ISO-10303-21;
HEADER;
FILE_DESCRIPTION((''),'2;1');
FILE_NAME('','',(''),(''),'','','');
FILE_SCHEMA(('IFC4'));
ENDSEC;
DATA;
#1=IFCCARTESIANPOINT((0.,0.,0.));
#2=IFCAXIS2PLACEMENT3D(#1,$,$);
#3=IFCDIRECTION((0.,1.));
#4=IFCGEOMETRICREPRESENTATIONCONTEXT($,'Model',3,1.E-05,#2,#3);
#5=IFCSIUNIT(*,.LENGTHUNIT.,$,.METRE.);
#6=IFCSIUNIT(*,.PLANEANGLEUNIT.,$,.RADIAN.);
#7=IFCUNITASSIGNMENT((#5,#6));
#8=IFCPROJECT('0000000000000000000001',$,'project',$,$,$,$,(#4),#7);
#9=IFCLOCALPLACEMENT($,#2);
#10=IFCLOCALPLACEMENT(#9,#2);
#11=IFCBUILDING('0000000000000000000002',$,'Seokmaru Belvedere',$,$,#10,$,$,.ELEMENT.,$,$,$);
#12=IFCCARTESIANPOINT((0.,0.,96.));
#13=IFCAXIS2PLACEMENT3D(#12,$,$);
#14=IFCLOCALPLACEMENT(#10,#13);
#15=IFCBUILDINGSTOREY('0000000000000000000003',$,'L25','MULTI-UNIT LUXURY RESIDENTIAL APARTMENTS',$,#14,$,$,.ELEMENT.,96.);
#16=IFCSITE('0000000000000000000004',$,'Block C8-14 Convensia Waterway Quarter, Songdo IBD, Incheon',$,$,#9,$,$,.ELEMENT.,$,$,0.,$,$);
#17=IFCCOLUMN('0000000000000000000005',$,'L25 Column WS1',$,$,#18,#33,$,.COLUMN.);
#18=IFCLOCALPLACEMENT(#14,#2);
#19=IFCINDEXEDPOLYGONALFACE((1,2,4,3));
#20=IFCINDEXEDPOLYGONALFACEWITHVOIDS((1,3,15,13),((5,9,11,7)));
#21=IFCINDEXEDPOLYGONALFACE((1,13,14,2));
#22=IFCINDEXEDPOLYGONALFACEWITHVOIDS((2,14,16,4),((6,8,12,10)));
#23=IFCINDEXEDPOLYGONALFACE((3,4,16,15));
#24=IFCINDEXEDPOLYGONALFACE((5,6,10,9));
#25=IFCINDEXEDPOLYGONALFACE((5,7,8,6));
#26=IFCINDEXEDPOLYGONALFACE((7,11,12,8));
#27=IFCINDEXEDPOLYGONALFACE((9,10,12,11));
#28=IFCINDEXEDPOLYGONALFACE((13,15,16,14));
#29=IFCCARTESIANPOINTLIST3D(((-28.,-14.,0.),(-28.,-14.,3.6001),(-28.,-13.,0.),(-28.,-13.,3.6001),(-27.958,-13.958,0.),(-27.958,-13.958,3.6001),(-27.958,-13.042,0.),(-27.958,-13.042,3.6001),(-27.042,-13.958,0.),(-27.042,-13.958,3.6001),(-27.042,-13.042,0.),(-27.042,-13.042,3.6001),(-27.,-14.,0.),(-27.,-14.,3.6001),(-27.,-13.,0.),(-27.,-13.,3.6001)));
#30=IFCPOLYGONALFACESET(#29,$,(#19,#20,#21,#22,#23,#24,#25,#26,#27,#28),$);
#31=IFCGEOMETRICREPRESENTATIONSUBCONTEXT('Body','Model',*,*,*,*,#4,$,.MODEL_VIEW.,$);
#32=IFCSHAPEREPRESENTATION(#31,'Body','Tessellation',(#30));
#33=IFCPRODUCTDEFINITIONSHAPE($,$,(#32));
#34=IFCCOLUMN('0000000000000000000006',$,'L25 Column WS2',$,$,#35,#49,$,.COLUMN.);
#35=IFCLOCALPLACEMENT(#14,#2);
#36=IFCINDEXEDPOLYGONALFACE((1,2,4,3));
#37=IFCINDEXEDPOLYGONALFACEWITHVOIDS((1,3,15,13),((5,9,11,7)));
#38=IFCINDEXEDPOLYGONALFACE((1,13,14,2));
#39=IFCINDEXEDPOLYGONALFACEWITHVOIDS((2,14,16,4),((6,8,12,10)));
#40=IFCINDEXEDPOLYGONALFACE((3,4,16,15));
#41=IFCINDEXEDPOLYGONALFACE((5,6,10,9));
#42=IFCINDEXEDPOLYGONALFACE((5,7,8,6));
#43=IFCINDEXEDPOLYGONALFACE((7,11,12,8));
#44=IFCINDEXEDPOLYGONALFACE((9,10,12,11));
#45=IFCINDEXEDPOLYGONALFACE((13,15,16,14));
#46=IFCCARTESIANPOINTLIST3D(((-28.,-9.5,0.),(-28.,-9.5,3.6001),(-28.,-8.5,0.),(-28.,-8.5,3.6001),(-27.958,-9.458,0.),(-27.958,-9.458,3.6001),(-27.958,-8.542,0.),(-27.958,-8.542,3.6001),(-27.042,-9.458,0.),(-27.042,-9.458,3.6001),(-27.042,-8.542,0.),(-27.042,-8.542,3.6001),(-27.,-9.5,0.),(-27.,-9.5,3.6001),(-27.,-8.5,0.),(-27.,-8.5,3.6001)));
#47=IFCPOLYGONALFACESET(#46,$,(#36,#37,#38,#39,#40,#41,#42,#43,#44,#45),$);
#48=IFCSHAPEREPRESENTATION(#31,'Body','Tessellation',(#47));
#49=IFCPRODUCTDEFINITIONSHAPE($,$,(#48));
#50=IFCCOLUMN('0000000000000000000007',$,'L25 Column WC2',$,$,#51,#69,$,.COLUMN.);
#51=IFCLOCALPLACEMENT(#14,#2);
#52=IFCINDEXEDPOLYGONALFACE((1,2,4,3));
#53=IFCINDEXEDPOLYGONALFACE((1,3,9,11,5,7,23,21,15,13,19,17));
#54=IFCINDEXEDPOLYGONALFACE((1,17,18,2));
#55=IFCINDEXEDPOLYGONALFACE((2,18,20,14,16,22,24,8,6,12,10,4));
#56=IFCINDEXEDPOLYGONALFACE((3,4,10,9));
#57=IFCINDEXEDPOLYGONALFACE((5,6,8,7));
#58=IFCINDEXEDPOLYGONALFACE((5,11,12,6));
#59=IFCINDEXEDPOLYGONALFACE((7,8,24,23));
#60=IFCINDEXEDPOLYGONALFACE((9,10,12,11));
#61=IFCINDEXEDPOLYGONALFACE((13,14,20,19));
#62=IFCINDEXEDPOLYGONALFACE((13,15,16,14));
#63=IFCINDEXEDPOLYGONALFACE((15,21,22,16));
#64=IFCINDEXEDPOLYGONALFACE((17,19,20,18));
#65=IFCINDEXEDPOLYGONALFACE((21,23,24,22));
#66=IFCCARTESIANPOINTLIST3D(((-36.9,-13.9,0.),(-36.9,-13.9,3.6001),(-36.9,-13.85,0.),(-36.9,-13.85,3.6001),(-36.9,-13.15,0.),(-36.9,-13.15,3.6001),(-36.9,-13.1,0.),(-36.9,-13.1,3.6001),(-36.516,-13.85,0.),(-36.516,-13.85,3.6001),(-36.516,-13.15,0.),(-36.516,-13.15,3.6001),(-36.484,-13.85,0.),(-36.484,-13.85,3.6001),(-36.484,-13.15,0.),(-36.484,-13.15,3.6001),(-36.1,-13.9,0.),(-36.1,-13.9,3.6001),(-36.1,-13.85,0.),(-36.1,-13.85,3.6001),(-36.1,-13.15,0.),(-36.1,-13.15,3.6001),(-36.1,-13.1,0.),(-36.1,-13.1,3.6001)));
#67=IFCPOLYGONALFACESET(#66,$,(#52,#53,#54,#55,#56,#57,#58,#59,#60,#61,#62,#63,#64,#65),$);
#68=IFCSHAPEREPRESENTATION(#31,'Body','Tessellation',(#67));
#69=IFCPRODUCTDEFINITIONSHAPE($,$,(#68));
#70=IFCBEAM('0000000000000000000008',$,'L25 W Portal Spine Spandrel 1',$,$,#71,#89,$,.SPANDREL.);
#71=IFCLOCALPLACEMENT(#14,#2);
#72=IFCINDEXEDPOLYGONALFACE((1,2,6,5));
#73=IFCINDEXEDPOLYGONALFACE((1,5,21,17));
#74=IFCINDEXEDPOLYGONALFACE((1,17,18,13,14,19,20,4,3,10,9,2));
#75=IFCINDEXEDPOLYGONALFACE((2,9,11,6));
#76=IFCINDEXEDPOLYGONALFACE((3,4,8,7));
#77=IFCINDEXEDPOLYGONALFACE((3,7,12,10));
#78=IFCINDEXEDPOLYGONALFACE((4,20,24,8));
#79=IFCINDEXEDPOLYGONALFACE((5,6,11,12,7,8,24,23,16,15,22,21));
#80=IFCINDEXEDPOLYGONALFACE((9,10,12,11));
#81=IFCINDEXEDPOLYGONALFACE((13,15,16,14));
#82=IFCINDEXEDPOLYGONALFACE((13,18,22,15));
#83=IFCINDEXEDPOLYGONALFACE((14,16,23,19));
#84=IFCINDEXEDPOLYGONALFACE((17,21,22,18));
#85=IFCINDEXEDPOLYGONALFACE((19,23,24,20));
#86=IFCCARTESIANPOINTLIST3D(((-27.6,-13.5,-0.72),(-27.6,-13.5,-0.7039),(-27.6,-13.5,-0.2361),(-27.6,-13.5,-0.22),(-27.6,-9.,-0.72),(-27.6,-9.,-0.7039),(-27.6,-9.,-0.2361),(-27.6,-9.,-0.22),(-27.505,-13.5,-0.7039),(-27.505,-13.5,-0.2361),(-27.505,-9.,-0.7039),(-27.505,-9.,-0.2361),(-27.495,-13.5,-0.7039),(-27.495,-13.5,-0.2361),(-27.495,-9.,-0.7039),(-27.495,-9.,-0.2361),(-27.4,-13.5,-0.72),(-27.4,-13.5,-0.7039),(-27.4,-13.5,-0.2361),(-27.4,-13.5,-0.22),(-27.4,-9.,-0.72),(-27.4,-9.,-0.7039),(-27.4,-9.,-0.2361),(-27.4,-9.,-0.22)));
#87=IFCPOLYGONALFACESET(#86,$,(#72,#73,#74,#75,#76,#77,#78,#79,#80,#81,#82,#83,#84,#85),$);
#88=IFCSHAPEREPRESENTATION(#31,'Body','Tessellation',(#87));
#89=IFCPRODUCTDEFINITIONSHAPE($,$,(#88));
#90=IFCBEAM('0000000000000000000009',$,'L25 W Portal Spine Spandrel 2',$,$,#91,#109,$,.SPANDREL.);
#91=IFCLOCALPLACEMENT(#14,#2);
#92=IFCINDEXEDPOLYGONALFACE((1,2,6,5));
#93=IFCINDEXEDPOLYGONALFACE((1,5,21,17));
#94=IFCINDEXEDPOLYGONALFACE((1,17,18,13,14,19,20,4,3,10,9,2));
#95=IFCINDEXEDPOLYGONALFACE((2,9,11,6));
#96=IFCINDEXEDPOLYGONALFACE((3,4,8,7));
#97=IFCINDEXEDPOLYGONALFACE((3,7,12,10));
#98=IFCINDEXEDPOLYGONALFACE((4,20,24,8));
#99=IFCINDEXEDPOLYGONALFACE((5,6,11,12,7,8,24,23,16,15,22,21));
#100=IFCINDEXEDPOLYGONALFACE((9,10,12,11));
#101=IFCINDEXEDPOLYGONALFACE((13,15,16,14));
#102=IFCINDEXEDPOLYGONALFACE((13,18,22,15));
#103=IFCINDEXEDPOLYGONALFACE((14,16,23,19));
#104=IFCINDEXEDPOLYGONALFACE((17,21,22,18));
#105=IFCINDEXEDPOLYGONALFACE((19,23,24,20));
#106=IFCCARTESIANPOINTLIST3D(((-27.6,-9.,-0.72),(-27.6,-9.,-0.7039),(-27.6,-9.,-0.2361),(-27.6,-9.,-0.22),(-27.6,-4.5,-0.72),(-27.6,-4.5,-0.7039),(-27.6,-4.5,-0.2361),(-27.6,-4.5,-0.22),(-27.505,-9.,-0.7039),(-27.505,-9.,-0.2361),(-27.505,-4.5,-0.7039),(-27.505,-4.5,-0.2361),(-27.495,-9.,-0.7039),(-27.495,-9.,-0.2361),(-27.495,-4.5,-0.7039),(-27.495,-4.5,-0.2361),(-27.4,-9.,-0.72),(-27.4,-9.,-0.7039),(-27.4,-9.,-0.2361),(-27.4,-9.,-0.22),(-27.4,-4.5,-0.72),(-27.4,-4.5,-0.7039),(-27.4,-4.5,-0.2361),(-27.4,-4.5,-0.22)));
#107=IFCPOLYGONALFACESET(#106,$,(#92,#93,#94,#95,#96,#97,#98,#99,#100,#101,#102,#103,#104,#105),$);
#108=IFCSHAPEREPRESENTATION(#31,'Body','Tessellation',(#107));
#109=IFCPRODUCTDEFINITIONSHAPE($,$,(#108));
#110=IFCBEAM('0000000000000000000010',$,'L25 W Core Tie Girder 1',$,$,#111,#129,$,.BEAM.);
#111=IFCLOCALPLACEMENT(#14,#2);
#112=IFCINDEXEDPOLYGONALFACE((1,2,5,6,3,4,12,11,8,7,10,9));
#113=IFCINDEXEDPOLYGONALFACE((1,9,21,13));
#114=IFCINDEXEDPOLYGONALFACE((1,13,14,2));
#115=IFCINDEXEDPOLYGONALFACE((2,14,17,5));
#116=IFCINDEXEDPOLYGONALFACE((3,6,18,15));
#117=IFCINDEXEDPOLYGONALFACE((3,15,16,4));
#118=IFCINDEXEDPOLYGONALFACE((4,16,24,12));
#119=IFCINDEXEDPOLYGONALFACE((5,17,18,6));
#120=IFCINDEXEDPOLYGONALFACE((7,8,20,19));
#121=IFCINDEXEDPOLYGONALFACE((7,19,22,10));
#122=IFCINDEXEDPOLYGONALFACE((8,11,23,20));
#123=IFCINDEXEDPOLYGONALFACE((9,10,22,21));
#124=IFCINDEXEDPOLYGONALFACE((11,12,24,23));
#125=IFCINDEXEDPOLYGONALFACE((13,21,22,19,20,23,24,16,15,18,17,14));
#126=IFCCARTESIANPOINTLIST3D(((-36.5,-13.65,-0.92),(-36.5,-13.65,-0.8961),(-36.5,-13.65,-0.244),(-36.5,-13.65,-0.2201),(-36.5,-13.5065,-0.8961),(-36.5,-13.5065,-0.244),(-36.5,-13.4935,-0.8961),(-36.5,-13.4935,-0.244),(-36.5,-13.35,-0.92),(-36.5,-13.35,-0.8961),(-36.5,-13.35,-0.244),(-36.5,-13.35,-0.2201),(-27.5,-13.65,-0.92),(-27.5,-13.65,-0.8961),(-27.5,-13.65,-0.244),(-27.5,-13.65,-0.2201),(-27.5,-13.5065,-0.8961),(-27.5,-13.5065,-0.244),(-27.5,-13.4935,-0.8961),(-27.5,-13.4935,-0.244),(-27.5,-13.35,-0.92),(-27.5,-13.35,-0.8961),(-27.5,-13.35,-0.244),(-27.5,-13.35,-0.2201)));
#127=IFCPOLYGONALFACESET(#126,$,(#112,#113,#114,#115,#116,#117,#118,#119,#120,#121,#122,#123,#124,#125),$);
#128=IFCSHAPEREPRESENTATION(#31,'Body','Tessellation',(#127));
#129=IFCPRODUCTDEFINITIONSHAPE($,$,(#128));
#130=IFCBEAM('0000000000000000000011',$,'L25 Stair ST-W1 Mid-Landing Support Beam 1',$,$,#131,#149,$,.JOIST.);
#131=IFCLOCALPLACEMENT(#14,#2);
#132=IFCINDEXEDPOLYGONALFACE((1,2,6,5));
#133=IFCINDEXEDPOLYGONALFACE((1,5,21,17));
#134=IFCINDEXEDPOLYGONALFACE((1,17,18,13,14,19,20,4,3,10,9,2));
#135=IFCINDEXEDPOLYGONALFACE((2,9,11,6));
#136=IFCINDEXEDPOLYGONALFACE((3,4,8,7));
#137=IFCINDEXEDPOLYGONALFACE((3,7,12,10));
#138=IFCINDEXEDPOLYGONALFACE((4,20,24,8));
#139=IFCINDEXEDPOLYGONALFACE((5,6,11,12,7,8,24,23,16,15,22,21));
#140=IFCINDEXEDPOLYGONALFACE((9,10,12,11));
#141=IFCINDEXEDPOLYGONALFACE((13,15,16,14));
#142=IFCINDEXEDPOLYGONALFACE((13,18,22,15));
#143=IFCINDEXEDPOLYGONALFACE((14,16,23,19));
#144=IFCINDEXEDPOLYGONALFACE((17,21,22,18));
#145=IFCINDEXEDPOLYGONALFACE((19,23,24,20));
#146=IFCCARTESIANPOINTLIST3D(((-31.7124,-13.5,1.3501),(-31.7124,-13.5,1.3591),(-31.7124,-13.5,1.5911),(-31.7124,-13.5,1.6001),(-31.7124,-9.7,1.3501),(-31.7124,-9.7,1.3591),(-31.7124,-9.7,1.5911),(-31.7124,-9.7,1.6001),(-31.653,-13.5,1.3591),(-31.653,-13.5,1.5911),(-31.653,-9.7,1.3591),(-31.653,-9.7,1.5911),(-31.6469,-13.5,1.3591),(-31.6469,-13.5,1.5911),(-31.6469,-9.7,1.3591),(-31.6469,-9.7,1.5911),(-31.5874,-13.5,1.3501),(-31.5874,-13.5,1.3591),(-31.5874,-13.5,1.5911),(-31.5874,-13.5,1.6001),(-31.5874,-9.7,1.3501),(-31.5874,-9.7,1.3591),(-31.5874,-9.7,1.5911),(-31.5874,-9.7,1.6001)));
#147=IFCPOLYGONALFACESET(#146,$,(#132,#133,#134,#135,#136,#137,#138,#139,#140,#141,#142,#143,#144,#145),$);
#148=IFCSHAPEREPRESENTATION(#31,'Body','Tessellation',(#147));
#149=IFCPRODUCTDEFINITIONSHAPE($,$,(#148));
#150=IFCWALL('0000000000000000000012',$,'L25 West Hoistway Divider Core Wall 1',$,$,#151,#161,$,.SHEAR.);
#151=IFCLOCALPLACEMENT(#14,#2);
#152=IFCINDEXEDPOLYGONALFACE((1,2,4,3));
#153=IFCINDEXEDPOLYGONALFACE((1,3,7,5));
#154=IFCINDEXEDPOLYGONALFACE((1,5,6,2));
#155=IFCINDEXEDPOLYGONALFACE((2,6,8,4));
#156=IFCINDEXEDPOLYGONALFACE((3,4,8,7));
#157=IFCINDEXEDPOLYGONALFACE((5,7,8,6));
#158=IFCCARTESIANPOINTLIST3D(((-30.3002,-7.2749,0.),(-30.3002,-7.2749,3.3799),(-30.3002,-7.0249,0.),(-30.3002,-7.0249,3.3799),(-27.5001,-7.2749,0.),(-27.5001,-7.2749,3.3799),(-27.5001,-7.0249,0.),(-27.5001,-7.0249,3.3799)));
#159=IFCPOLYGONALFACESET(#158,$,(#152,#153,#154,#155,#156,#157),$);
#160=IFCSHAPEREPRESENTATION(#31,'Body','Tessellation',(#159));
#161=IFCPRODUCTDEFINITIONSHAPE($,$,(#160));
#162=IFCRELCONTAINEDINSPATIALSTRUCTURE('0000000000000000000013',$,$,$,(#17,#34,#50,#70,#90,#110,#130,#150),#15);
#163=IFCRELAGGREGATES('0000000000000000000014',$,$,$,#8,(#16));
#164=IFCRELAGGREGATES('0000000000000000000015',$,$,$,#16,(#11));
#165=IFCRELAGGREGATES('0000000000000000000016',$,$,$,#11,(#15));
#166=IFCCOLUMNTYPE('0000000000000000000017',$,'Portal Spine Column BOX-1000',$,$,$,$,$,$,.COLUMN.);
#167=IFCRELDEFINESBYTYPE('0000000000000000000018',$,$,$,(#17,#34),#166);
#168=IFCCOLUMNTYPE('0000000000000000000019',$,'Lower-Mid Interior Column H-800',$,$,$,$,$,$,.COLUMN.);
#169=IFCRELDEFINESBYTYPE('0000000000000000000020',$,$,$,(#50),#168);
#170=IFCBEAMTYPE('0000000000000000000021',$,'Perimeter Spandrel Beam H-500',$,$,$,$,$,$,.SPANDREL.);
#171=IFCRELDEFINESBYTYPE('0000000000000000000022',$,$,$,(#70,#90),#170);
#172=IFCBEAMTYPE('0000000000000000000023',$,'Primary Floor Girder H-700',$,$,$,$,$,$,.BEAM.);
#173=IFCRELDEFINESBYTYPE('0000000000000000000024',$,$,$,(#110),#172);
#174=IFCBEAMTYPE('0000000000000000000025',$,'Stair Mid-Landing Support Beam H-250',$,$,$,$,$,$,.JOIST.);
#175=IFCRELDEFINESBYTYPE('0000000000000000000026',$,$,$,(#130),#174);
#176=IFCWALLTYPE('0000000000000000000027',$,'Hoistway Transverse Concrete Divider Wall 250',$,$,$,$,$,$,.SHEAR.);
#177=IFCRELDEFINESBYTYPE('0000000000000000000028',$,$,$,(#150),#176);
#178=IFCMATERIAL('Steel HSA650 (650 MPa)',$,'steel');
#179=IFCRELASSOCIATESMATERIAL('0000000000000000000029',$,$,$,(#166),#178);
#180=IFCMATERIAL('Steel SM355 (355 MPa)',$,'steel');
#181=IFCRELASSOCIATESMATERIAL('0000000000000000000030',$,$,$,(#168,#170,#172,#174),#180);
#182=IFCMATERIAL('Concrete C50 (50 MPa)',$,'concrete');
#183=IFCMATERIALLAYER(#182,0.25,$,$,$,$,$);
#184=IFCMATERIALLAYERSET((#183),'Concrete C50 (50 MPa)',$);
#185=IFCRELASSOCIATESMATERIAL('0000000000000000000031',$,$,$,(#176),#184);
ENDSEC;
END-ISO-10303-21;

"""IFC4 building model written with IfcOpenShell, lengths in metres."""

from ifc_helpers import new_model, si_unit, direction, frame, frame_2d, origin, origin_2d, place, context, subcontext, project, spatial, rectangle, hollow_rectangle, i_section, extrude, source, transform, mapped, material, layer, layer_set, material_profile, profile_set, type_object, type_shapes, element, save


model = new_model("IFC4")

# Units and contexts
model_context = context("Model", 3, precision=1e-05, world=origin(), true_north=direction((0.0, 1.0)))
body_context = subcontext(model_context, "Body", "Model", "MODEL_VIEW")
ifc_project = project(units=[si_unit("LENGTHUNIT", "METRE"), si_unit("PLANEANGLEUNIT", "RADIAN")], contexts=[model_context])

# Site, building, storey
site_placement = place(None, origin())
site = spatial("IfcSite", under=ifc_project, at=site_placement, Name="Block C8-14 Convensia Waterway Quarter, Songdo IBD, Incheon", CompositionType="ELEMENT", RefElevation=0.0)
building_placement = place(site_placement, origin())
building = spatial("IfcBuilding", under=site, at=building_placement, Name="Seokmaru Belvedere", CompositionType="ELEMENT")
storey_placement = place(building_placement, frame((0.0, 0.0, 96.0)))
storey = spatial("IfcBuildingStorey", under=building, at=storey_placement, Name="L25", Description="MULTI-UNIT LUXURY RESIDENTIAL APARTMENTS", CompositionType="ELEMENT", Elevation=96.0)

# Columns
ifc_material_1 = material(Name="Steel HSA650 (650 MPa)", Category="steel")
ifc_material_profile_1 = material_profile(ifc_material_1, hollow_rectangle(XDim=1.0, YDim=1.0, WallThickness=0.042, at=origin_2d()), Name="BOX-1000x1000x42")
ifc_profile_set_1 = profile_set([ifc_material_profile_1], Name="Steel HSA650 (650 MPa)")
column_type_1 = type_object("IfcColumnType", Name="Portal Spine Column BOX-1000", PredefinedType="COLUMN", material=ifc_profile_set_1)
shared_shape_1 = source(origin(), body_context, "Body", "SweptSolid", [
    extrude(hollow_rectangle(XDim=1.0, YDim=1.0, WallThickness=0.042, at=origin_2d()), origin(), (0.0, 0.0, 1.0), 3.6001),
])
type_shapes(column_type_1, [shared_shape_1])
for number, where, z_axis, x_axis, name in (
    (1, (-27.5, -13.5, 0.0), (0.0, 0.0, 1.0), (1.0, 0.0, 0.0), "L25 Column WS1"),
    (2, (-27.5, -9.0, 0.0), (0.0, 0.0, 1.0), (1.0, 0.0, 0.0), "L25 Column WS2"),
):
    element("IfcColumn", number, at=place(storey_placement, frame(where, z_axis=z_axis, x_axis=x_axis)), inside=storey, type_object=column_type_1, Name=name, PredefinedType="COLUMN", context=body_context, shape_type="MappedRepresentation", body=[
        mapped(shared_shape_1, transform((0.0, 0.0, 0.0), scale=1.0)),
    ])
ifc_material_2 = material(Name="Steel SM355 (355 MPa)", Category="steel")
ifc_material_profile_2 = material_profile(ifc_material_2, i_section(OverallWidth=0.8, OverallDepth=0.8, WebThickness=0.032, FlangeThickness=0.05, at=origin_2d()), Name="H-800x800x32x50")
ifc_profile_set_2 = profile_set([ifc_material_profile_2], Name="Steel SM355 (355 MPa)")
column_type_2 = type_object("IfcColumnType", Name="Lower-Mid Interior Column H-800", PredefinedType="COLUMN", material=ifc_profile_set_2)
shared_shape_2 = source(origin(), body_context, "Body", "SweptSolid", [
    extrude(i_section(OverallWidth=0.8, OverallDepth=0.8, WebThickness=0.032, FlangeThickness=0.05, at=origin_2d()), origin(), (0.0, 0.0, 1.0), 3.6001),
])
type_shapes(column_type_2, [shared_shape_2])
column_placement = place(storey_placement, frame((-36.5, -13.5, 0.0), z_axis=(0.0, 0.0, 1.0), x_axis=(1.0, 0.0, 0.0)))
element("IfcColumn", 3, at=column_placement, inside=storey, type_object=column_type_2, Name="L25 Column WC2", PredefinedType="COLUMN", context=body_context, shape_type="MappedRepresentation", body=[
    mapped(shared_shape_2, transform((0.0, 0.0, 0.0), scale=1.0)),
])

# Beams
ifc_material_profile_3 = material_profile(ifc_material_2, i_section(OverallWidth=0.2, OverallDepth=0.5, WebThickness=0.01, FlangeThickness=0.0161, at=origin_2d()), Name="H-500x200x10x16")
ifc_profile_set_3 = profile_set([ifc_material_profile_3], Name="Steel SM355 (355 MPa)")
beam_type_1 = type_object("IfcBeamType", Name="Perimeter Spandrel Beam H-500", PredefinedType="SPANDREL", material=ifc_profile_set_3)
shared_shape_3 = source(origin(), body_context, "Body", "SweptSolid", [
    extrude(i_section(OverallWidth=0.2, OverallDepth=0.5, WebThickness=0.01, FlangeThickness=0.0161, at=origin_2d()), origin(), (0.0, 0.0, 1.0), 4.5),
])
type_shapes(beam_type_1, [shared_shape_3])
for number, where, z_axis, x_axis, name in (
    (4, (-27.5, -13.5, -0.47), (0.0, 1.0, 0.0), (-1.0, 0.0, 0.0), "L25 W Portal Spine Spandrel 1"),
    (5, (-27.5, -9.0, -0.47), (0.0, 1.0, 0.0), (-1.0, 0.0, 0.0), "L25 W Portal Spine Spandrel 2"),
):
    element("IfcBeam", number, at=place(storey_placement, frame(where, z_axis=z_axis, x_axis=x_axis)), inside=storey, type_object=beam_type_1, Name=name, PredefinedType="SPANDREL", context=body_context, shape_type="MappedRepresentation", body=[
        mapped(shared_shape_3, transform((0.0, 0.0, 0.0), scale=1.0)),
    ])
ifc_material_profile_4 = material_profile(ifc_material_2, i_section(OverallWidth=0.3, OverallDepth=0.7, WebThickness=0.0129, FlangeThickness=0.0239, at=origin_2d()), Name="H-700x300x13x24")
ifc_profile_set_4 = profile_set([ifc_material_profile_4], Name="Steel SM355 (355 MPa)")
beam_type_2 = type_object("IfcBeamType", Name="Primary Floor Girder H-700", PredefinedType="BEAM", material=ifc_profile_set_4)
shared_shape_4 = source(origin(), body_context, "Body", "SweptSolid", [
    extrude(i_section(OverallWidth=0.3, OverallDepth=0.7, WebThickness=0.0129, FlangeThickness=0.0239, at=origin_2d()), origin(), (0.0, 0.0, 1.0), 9.0),
])
type_shapes(beam_type_2, [shared_shape_4])
beam_1_placement = place(storey_placement, frame((-36.5, -13.5, -0.5701), z_axis=(1.0, 0.0, 0.0), x_axis=(0.0, 1.0, 0.0)))
element("IfcBeam", 6, at=beam_1_placement, inside=storey, type_object=beam_type_2, Name="L25 W Core Tie Girder 1", PredefinedType="BEAM", context=body_context, shape_type="MappedRepresentation", body=[
    mapped(shared_shape_4, transform((0.0, 0.0, 0.0), scale=1.0)),
])
ifc_material_profile_5 = material_profile(ifc_material_2, i_section(OverallWidth=0.125, OverallDepth=0.25, WebThickness=0.0061, FlangeThickness=0.009, at=origin_2d()), Name="H-250x125x6x9")
ifc_profile_set_5 = profile_set([ifc_material_profile_5], Name="Steel SM355 (355 MPa)")
beam_type_3 = type_object("IfcBeamType", Name="Stair Mid-Landing Support Beam H-250", PredefinedType="JOIST", material=ifc_profile_set_5)
shared_shape_5 = source(origin(), body_context, "Body", "SweptSolid", [
    extrude(i_section(OverallWidth=0.125, OverallDepth=0.25, WebThickness=0.0061, FlangeThickness=0.009, at=origin_2d()), origin(), (0.0, 0.0, 1.0), 3.8),
])
type_shapes(beam_type_3, [shared_shape_5])
beam_2_placement = place(storey_placement, frame((-31.6499, -13.5, 1.4751), z_axis=(0.0, 1.0, 0.0), x_axis=(-1.0, 0.0, 0.0)))
element("IfcBeam", 7, at=beam_2_placement, inside=storey, type_object=beam_type_3, Name="L25 Stair ST-W1 Mid-Landing Support Beam 1", PredefinedType="JOIST", context=body_context, shape_type="MappedRepresentation", body=[
    mapped(shared_shape_5, transform((0.0, 0.0, 0.0), scale=1.0)),
])

# Wall
ifc_material_3 = material(Name="Concrete C50 (50 MPa)", Category="concrete")
ifc_layer_1 = layer(ifc_material_3, 0.25)
ifc_layer_set_1 = layer_set([ifc_layer_1], Name="Concrete C50 (50 MPa)")
wall_type_1 = type_object("IfcWallType", Name="Hoistway Transverse Concrete Divider Wall 250", PredefinedType="SHEAR", material=ifc_layer_set_1)
wall_1_placement = place(storey_placement, frame((-30.3, -7.1499, 0.0), z_axis=(0.0, 0.0, 1.0), x_axis=(1.0, 0.0, 0.0)))
element("IfcWall", 8, at=wall_1_placement, inside=storey, type_object=wall_type_1, Name="L25 West Hoistway Divider Core Wall 1", PredefinedType="SHEAR", context=body_context, shape_type="SweptSolid", body=[
    extrude(rectangle(XDim=2.8, YDim=0.25, at=frame_2d((1.3999, 0.0))), origin(), (0.0, 0.0, 1.0), 3.3799),
])

save(model, "model.ifc")
